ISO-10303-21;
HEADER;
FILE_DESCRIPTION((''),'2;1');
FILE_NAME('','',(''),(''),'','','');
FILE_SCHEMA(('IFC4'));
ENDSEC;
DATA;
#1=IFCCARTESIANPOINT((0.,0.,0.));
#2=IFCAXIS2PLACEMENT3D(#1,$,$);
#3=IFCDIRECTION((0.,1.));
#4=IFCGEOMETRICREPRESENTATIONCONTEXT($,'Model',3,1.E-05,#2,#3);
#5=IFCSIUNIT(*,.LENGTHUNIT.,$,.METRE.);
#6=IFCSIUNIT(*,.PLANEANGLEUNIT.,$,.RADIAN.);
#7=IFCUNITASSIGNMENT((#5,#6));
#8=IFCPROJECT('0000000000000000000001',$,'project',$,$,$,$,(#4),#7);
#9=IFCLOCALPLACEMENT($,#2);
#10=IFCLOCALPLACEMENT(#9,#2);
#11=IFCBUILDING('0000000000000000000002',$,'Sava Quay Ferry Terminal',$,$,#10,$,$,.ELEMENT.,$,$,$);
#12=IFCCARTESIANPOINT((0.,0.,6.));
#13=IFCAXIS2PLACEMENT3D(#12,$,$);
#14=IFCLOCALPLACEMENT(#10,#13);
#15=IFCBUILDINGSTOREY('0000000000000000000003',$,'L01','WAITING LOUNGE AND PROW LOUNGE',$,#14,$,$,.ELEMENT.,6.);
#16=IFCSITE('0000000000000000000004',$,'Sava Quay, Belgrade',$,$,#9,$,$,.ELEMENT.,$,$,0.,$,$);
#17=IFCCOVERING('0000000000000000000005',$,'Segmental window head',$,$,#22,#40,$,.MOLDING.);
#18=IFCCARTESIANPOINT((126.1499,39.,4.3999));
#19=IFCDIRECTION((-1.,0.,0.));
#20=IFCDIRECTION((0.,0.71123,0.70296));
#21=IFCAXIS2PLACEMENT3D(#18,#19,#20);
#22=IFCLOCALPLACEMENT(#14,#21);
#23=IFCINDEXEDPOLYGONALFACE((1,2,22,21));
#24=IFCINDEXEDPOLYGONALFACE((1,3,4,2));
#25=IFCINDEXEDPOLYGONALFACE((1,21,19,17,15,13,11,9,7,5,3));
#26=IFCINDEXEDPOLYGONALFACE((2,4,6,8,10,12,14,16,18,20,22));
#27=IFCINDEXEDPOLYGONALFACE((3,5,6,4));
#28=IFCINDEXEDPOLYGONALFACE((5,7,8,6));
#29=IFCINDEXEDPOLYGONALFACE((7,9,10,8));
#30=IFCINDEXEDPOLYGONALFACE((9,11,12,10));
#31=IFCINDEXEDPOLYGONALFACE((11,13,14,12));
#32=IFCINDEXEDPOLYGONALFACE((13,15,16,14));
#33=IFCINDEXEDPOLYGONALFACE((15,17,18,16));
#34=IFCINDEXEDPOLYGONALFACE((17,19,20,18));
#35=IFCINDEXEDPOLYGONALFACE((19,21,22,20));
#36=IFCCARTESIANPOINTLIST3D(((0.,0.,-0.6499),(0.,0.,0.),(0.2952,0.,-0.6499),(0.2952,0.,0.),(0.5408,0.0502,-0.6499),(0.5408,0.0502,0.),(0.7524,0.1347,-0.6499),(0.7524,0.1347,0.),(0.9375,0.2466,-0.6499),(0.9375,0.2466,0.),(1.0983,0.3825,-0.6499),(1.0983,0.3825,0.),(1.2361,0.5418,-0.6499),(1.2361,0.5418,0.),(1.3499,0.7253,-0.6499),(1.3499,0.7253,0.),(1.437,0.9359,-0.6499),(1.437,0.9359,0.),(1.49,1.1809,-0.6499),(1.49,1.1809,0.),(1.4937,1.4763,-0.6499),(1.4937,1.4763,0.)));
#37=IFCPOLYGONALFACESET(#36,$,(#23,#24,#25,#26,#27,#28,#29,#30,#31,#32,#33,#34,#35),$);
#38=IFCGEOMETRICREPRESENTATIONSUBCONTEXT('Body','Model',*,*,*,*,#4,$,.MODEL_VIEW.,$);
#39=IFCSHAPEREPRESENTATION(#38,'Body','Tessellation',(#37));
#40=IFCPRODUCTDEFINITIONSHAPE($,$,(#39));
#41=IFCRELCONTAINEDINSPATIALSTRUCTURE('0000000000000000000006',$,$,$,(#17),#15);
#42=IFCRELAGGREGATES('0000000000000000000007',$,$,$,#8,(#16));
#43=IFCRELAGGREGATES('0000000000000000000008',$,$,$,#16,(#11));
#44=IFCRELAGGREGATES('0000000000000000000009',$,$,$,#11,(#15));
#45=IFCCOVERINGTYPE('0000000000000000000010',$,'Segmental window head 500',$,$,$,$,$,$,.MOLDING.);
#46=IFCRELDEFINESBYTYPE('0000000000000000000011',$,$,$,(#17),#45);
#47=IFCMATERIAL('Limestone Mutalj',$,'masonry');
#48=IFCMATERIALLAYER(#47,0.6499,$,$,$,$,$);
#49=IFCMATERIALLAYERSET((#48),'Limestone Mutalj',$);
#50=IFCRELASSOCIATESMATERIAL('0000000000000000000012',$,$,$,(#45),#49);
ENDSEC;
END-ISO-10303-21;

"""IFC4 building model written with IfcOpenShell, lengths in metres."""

from ifc_helpers import new_model, si_unit, direction, frame, origin, place, context, subcontext, project, spatial, polyline, outline, extrude, material, layer, layer_set, type_object, element, save


model = new_model("IFC4")

# Units and contexts
model_context = context("Model", 3, precision=1e-05, world=origin(), true_north=direction((0.0, 1.0)))
body_context = subcontext(model_context, "Body", "Model", "MODEL_VIEW")
ifc_project = project(units=[si_unit("LENGTHUNIT", "METRE"), si_unit("PLANEANGLEUNIT", "RADIAN")], contexts=[model_context])

# Site, building, storey
site_placement = place(None, origin())
site = spatial("IfcSite", under=ifc_project, at=site_placement, Name="Sava Quay, Belgrade", CompositionType="ELEMENT", RefElevation=0.0)
building_placement = place(site_placement, origin())
building = spatial("IfcBuilding", under=site, at=building_placement, Name="Sava Quay Ferry Terminal", CompositionType="ELEMENT")
storey_placement = place(building_placement, frame((0.0, 0.0, 6.0)))
storey = spatial("IfcBuildingStorey", under=building, at=storey_placement, Name="L01", Description="WAITING LOUNGE AND PROW LOUNGE", CompositionType="ELEMENT", Elevation=6.0)

# Covering
ifc_material_1 = material(Name="Limestone Mutalj", Category="masonry")
ifc_layer_1 = layer(ifc_material_1, 0.6499)
ifc_layer_set_1 = layer_set([ifc_layer_1], Name="Limestone Mutalj")
covering_type_1 = type_object("IfcCoveringType", Name="Segmental window head 500", PredefinedType="MOLDING", material=ifc_layer_set_1)
covering_1_placement = place(storey_placement, frame((126.1499, 39.0, 4.3999), z_axis=(-1.0, 0.0, 0.0), x_axis=(0.0, 0.71123, 0.70296)))
element("IfcCovering", 1, at=covering_1_placement, inside=storey, type_object=covering_type_1, Name="Segmental window head", PredefinedType="MOLDING", context=body_context, shape_type="SweptSolid", body=[
    extrude(outline(polyline([(0.0, 0.0), (0.2952, 0.0), (0.5408, 0.0502), (0.7524, 0.1347), (0.9375, 0.2466), (1.0983, 0.3825), (1.2361, 0.5418), (1.3499, 0.7253), (1.437, 0.9359), (1.49, 1.1809), (1.4937, 1.4763), (0.0, 0.0)])), origin(), (0.0, 0.0, -1.0), 0.6499),
])

save(model, "model.ifc")
